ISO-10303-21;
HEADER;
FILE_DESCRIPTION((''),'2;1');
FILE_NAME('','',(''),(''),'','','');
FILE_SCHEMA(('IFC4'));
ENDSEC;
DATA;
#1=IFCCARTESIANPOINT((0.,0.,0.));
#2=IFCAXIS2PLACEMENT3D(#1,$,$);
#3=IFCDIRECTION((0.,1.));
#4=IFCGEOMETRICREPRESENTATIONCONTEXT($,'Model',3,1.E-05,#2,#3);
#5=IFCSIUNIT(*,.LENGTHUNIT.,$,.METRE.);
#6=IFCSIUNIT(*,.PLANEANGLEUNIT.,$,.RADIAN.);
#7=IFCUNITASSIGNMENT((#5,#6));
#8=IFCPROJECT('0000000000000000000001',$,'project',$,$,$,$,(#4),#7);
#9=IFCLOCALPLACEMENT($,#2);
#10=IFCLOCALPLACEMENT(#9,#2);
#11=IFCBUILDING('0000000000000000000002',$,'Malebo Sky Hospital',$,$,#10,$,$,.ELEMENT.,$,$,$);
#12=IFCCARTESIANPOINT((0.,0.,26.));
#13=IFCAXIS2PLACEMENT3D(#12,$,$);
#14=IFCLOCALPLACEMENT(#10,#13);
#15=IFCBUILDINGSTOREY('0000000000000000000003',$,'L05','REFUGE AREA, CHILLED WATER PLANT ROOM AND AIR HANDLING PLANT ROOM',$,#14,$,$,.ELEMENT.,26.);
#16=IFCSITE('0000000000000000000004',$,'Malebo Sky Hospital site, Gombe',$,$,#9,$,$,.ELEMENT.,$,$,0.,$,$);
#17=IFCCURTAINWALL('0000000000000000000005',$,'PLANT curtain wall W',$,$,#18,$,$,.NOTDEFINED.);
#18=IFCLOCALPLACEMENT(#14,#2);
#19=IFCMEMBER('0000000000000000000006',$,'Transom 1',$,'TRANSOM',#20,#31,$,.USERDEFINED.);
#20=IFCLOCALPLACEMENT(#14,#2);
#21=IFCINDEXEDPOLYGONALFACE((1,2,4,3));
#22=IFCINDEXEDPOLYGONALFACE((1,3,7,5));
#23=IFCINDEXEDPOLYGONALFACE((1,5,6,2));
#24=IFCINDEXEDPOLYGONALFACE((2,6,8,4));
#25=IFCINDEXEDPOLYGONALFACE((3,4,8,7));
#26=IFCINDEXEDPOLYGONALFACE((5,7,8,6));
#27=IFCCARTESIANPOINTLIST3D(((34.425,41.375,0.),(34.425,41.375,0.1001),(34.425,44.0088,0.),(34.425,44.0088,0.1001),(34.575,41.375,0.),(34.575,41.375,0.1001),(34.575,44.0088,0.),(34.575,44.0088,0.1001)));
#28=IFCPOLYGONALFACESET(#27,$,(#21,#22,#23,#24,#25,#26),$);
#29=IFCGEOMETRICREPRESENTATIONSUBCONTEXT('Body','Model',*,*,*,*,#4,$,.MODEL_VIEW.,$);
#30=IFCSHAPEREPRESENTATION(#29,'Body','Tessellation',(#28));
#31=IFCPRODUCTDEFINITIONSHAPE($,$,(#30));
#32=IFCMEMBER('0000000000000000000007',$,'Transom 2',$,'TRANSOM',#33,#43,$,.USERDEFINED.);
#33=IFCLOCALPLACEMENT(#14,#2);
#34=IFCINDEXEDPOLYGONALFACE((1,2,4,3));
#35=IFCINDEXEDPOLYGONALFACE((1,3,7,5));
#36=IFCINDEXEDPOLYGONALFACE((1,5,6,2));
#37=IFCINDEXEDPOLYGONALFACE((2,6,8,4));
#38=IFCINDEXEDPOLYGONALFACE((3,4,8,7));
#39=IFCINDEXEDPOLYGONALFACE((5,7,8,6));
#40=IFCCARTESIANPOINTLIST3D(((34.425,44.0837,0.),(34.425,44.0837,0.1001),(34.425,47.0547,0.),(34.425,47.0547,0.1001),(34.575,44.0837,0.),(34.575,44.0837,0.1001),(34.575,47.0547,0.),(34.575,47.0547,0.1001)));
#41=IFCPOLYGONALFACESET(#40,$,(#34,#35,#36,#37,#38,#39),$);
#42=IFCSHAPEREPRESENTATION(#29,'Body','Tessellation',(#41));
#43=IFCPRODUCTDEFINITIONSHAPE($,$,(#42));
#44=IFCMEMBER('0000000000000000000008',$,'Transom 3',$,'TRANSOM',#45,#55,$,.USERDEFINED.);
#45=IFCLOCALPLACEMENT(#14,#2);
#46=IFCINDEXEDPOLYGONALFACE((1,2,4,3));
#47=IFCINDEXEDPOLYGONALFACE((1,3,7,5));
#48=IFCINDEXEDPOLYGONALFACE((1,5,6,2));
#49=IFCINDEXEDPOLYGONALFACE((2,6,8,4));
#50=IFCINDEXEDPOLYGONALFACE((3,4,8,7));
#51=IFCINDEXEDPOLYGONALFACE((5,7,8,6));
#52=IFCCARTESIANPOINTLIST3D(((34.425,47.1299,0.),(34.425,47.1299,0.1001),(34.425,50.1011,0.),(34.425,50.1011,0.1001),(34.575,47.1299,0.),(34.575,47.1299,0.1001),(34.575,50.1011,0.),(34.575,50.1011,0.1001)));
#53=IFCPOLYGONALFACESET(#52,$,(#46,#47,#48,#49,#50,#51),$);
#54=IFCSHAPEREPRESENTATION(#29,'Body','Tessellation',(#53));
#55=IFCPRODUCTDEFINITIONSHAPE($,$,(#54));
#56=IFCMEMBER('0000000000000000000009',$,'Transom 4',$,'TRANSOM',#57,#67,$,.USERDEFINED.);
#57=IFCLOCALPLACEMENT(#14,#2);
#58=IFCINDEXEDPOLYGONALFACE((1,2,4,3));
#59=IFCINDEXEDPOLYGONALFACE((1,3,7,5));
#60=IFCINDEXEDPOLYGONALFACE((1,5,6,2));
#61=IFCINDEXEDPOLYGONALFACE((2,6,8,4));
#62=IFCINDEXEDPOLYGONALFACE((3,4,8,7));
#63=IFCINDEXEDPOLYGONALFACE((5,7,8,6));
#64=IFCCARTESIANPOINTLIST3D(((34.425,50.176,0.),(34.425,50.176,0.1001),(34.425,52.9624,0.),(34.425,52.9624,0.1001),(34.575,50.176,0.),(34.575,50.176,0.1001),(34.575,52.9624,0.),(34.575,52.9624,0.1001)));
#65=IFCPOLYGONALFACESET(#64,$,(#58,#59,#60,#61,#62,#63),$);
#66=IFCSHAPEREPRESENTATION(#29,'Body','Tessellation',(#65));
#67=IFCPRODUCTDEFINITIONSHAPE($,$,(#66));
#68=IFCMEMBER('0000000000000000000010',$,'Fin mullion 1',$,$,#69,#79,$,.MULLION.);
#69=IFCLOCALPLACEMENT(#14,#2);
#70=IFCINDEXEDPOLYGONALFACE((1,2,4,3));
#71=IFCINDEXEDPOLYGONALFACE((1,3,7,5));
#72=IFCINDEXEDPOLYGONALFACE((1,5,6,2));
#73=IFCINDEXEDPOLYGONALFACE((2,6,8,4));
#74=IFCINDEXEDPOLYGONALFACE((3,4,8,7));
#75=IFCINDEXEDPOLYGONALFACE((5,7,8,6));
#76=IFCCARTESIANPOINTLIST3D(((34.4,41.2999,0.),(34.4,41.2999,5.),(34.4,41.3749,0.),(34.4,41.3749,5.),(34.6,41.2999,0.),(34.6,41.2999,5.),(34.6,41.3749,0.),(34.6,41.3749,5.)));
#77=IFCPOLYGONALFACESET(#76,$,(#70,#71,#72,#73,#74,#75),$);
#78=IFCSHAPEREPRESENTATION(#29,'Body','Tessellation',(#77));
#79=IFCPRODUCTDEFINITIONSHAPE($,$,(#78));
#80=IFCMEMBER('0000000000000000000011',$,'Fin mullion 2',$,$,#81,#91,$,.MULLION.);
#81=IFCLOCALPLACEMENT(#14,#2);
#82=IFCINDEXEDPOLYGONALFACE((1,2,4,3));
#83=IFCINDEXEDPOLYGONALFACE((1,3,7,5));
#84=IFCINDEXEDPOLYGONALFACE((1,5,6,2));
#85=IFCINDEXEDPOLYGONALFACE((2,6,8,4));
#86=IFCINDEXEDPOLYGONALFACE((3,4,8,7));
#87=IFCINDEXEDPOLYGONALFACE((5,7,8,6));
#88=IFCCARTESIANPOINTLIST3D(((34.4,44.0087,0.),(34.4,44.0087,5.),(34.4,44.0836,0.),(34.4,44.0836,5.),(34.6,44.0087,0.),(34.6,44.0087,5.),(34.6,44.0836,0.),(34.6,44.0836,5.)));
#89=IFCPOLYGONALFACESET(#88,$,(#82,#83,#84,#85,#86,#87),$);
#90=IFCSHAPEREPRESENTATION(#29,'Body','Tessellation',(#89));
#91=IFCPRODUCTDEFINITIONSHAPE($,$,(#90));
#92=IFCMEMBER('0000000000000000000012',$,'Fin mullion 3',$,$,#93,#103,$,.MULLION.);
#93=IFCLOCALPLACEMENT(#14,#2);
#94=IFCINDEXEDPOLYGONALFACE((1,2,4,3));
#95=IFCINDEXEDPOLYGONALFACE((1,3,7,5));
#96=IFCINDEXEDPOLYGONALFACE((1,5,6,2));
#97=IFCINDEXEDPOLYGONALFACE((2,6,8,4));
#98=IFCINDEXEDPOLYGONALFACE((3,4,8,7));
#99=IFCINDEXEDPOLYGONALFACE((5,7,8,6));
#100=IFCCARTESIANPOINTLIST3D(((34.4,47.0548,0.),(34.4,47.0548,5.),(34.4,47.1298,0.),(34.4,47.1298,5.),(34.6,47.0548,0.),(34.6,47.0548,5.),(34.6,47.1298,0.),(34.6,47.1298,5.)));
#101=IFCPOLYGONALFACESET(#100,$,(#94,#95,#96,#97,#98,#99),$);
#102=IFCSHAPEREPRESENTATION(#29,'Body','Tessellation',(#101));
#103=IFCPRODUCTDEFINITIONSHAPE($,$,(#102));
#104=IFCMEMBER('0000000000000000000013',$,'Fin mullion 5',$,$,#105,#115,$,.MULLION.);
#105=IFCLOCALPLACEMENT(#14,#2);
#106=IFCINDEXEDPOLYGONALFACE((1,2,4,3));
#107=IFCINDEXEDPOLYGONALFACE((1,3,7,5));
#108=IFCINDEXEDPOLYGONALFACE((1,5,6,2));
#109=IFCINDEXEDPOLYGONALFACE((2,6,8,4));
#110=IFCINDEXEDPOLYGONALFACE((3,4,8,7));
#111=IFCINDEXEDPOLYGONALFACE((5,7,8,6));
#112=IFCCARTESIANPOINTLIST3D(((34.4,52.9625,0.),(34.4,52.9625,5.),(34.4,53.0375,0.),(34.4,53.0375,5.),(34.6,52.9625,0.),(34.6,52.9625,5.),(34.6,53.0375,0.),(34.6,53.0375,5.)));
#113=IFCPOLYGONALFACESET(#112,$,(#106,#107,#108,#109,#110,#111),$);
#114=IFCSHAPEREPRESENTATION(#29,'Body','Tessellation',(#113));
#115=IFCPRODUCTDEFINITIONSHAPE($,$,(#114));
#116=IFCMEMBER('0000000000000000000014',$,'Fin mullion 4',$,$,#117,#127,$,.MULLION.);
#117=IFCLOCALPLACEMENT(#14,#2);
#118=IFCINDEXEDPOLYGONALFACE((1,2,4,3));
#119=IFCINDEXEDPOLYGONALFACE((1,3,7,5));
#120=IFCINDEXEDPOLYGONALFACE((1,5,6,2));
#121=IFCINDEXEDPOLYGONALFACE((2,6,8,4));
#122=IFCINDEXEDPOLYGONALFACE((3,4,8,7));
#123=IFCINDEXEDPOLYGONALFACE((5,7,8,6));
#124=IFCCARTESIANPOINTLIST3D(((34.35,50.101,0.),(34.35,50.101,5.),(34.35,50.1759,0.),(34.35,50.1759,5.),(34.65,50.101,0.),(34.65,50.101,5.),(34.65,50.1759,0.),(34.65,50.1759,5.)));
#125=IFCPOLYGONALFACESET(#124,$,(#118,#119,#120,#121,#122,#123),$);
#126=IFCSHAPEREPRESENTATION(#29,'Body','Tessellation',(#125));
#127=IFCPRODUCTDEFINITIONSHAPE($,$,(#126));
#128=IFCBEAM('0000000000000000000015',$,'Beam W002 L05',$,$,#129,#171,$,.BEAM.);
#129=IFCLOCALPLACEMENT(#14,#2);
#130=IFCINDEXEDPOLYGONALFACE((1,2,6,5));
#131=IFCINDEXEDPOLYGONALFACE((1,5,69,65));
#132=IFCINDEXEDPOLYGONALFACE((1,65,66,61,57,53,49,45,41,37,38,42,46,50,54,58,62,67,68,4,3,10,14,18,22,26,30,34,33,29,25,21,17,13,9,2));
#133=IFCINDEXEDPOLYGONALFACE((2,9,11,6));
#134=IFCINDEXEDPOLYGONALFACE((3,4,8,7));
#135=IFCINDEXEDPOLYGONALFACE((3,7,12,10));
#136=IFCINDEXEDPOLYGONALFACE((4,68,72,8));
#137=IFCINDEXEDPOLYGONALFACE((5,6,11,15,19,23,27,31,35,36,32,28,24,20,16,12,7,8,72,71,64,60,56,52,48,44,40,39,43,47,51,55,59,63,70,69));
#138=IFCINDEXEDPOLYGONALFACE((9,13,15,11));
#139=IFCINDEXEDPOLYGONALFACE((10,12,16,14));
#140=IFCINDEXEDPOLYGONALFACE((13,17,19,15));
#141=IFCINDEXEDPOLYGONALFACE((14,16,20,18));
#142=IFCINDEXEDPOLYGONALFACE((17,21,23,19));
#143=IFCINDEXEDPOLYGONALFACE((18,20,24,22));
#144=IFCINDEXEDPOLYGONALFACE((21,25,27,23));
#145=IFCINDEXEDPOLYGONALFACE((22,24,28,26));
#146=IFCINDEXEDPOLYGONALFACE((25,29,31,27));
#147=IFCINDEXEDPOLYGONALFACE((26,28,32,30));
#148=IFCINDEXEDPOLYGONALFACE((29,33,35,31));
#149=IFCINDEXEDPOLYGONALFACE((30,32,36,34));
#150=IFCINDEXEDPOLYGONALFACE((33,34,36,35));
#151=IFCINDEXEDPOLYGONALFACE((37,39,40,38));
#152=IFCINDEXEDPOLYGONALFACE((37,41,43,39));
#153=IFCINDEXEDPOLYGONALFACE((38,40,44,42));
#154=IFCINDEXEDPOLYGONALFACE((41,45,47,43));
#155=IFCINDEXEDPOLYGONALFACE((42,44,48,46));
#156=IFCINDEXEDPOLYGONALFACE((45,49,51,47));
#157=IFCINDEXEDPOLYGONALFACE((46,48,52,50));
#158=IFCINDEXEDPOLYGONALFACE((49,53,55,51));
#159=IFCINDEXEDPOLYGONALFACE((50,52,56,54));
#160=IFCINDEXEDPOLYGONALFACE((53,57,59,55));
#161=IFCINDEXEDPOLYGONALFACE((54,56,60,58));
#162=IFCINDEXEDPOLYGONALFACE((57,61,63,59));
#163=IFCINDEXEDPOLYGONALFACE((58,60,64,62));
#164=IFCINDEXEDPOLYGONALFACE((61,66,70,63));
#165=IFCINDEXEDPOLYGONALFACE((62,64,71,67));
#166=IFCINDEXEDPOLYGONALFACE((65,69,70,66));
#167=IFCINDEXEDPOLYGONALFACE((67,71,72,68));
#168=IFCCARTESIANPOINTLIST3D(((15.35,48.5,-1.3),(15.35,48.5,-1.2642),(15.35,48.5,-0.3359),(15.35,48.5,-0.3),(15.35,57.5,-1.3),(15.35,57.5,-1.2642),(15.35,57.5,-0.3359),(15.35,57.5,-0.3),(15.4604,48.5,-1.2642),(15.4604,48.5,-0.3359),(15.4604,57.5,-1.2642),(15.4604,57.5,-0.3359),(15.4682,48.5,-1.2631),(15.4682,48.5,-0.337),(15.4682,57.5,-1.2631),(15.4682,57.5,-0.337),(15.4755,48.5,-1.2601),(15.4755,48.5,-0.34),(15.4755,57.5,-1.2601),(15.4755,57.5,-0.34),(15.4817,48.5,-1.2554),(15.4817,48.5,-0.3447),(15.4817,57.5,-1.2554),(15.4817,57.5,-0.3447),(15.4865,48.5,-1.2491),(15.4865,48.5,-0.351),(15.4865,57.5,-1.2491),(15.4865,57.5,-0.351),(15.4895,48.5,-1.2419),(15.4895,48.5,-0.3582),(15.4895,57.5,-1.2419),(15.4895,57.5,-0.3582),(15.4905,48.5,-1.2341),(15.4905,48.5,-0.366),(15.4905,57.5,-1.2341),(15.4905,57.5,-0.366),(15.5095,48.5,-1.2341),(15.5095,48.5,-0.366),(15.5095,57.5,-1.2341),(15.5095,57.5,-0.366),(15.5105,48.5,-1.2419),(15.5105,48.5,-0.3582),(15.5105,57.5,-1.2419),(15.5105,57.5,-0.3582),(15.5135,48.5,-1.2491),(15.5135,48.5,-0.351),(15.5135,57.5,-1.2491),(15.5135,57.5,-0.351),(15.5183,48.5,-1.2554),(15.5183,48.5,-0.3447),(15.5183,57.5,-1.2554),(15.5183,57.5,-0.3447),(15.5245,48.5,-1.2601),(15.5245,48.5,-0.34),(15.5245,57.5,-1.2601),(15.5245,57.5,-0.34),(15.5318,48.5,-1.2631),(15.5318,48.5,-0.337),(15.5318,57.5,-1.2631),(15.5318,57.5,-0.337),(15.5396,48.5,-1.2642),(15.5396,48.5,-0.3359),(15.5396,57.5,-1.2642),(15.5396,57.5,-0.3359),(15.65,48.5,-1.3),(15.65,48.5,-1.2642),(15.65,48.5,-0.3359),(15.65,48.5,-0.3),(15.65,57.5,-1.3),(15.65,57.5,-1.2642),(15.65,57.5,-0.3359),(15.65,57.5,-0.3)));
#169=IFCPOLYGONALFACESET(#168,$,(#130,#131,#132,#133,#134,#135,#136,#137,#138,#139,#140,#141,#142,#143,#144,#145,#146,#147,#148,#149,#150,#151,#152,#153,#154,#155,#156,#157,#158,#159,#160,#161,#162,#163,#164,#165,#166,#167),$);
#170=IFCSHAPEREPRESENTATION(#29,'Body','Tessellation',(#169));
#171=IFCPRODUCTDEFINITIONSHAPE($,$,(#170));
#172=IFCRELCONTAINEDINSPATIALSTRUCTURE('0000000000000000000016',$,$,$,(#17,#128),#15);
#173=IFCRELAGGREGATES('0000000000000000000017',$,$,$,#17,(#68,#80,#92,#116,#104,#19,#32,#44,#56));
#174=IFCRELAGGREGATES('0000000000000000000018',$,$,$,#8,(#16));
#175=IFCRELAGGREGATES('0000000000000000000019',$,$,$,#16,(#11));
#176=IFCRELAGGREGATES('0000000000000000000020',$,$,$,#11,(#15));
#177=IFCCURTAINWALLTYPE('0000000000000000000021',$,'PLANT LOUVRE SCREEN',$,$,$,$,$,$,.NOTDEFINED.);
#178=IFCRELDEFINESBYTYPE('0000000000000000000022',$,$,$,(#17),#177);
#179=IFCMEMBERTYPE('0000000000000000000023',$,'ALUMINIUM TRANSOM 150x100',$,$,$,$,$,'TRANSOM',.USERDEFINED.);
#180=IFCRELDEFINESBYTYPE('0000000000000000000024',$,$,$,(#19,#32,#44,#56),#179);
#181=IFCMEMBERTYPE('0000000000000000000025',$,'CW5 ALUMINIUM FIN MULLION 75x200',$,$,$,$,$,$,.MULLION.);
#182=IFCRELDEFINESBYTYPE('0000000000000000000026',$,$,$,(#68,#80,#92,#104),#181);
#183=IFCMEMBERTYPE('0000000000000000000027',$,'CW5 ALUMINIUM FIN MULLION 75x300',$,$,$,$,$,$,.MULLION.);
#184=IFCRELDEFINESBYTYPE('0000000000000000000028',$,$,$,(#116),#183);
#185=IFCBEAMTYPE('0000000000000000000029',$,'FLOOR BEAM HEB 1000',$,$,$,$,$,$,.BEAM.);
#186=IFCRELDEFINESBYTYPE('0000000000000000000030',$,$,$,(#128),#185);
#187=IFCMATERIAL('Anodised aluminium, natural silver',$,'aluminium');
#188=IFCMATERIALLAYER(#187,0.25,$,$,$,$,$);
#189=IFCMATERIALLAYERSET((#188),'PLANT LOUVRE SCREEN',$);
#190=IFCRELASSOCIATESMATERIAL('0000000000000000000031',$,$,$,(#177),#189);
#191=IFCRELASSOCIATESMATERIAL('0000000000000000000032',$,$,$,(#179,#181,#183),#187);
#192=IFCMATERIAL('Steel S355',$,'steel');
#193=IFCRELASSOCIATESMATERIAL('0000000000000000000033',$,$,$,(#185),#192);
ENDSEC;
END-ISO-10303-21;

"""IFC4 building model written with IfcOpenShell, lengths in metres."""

from ifc_helpers import new_model, si_unit, direction, frame, origin, origin_2d, place, context, subcontext, project, spatial, rectangle, i_section, extrude, material, layer, layer_set, material_profile, profile_set, type_object, element, aggregate, save


model = new_model("IFC4")

# Units and contexts
model_context = context("Model", 3, precision=1e-05, world=origin(), true_north=direction((0.0, 1.0)))
body_context = subcontext(model_context, "Body", "Model", "MODEL_VIEW")
ifc_project = project(units=[si_unit("LENGTHUNIT", "METRE"), si_unit("PLANEANGLEUNIT", "RADIAN")], contexts=[model_context])

# Site, building, storey
site_placement = place(None, origin())
site = spatial("IfcSite", under=ifc_project, at=site_placement, Name="Malebo Sky Hospital site, Gombe", CompositionType="ELEMENT", RefElevation=0.0)
building_placement = place(site_placement, origin())
building = spatial("IfcBuilding", under=site, at=building_placement, Name="Malebo Sky Hospital", CompositionType="ELEMENT")
storey_placement = place(building_placement, frame((0.0, 0.0, 26.0)))
storey = spatial("IfcBuildingStorey", under=building, at=storey_placement, Name="L05", Description="REFUGE AREA, CHILLED WATER PLANT ROOM AND AIR HANDLING PLANT ROOM", CompositionType="ELEMENT", Elevation=26.0)

# Curtain wall, members
ifc_material_1 = material(Name="Anodised aluminium, natural silver", Category="aluminium")
ifc_layer_1 = layer(ifc_material_1, 0.25)
ifc_layer_set_1 = layer_set([ifc_layer_1], Name="PLANT LOUVRE SCREEN")
curtain_wall_type = type_object("IfcCurtainWallType", Name="PLANT LOUVRE SCREEN", PredefinedType="NOTDEFINED", material=ifc_layer_set_1)
curtain_wall_placement = place(storey_placement, origin())
curtain_wall = element("IfcCurtainWall", 1, at=curtain_wall_placement, inside=storey, type_object=curtain_wall_type, Name="PLANT curtain wall W", PredefinedType="NOTDEFINED")
ifc_material_profile_1 = material_profile(ifc_material_1, rectangle(XDim=0.1499, YDim=0.1001, at=origin_2d()), Name="ALUMINIUM TRANSOM 150x100")
ifc_profile_set_1 = profile_set([ifc_material_profile_1], Name="Anodised aluminium, natural silver")
member_type_1 = type_object("IfcMemberType", Name="ALUMINIUM TRANSOM 150x100", ElementType="TRANSOM", PredefinedType="USERDEFINED", material=ifc_profile_set_1)
member_1_placement = place(storey_placement, frame((34.5, 41.375, 0.05), z_axis=(0.0, 1.0, 0.0), x_axis=(-1.0, 0.0, 0.0)))
member_1 = element("IfcMember", 2, at=member_1_placement, type_object=member_type_1, Name="Transom 1", ObjectType="TRANSOM", PredefinedType="USERDEFINED", context=body_context, shape_type="SweptSolid", body=[
    extrude(rectangle(XDim=0.1499, YDim=0.1001, at=origin_2d()), origin(), (0.0, 0.0, 1.0), 2.6338),
])
member_2_placement = place(storey_placement, frame((34.5, 44.0837, 0.05), z_axis=(0.0, 1.0, 0.0), x_axis=(-1.0, 0.0, 0.0)))
member_2 = element("IfcMember", 3, at=member_2_placement, type_object=member_type_1, Name="Transom 2", ObjectType="TRANSOM", PredefinedType="USERDEFINED", context=body_context, shape_type="SweptSolid", body=[
    extrude(rectangle(XDim=0.1499, YDim=0.1001, at=origin_2d()), origin(), (0.0, 0.0, 1.0), 2.9709),
])
member_3_placement = place(storey_placement, frame((34.5, 47.1299, 0.05), z_axis=(0.0, 1.0, 0.0), x_axis=(-1.0, 0.0, 0.0)))
member_3 = element("IfcMember", 4, at=member_3_placement, type_object=member_type_1, Name="Transom 3", ObjectType="TRANSOM", PredefinedType="USERDEFINED", context=body_context, shape_type="SweptSolid", body=[
    extrude(rectangle(XDim=0.1499, YDim=0.1001, at=origin_2d()), origin(), (0.0, 0.0, 1.0), 2.9712),
])
member_4_placement = place(storey_placement, frame((34.5, 50.176, 0.05), z_axis=(0.0, 1.0, 0.0), x_axis=(-1.0, 0.0, 0.0)))
member_4 = element("IfcMember", 5, at=member_4_placement, type_object=member_type_1, Name="Transom 4", ObjectType="TRANSOM", PredefinedType="USERDEFINED", context=body_context, shape_type="SweptSolid", body=[
    extrude(rectangle(XDim=0.1499, YDim=0.1001, at=origin_2d()), origin(), (0.0, 0.0, 1.0), 2.7864),
])
ifc_material_profile_2 = material_profile(ifc_material_1, rectangle(XDim=0.075, YDim=0.2, at=origin_2d()), Name="CW5 ALUMINIUM FIN MULLION 75x200")
ifc_profile_set_2 = profile_set([ifc_material_profile_2], Name="Anodised aluminium, natural silver")
member_type_2 = type_object("IfcMemberType", Name="CW5 ALUMINIUM FIN MULLION 75x200", PredefinedType="MULLION", material=ifc_profile_set_2)
member_5_placement = place(storey_placement, frame((34.5, 41.3374, 0.0), z_axis=(0.0, 0.0, 1.0), x_axis=(0.0, 1.0, 0.0)))
member_5 = element("IfcMember", 6, at=member_5_placement, type_object=member_type_2, Name="Fin mullion 1", PredefinedType="MULLION", context=body_context, shape_type="SweptSolid", body=[
    extrude(rectangle(XDim=0.075, YDim=0.2, at=origin_2d()), origin(), (0.0, 0.0, 1.0), 5.0),
])
member_6_placement = place(storey_placement, frame((34.5, 44.0461, 0.0), z_axis=(0.0, 0.0, 1.0), x_axis=(0.0, 1.0, 0.0)))
member_6 = element("IfcMember", 7, at=member_6_placement, type_object=member_type_2, Name="Fin mullion 2", PredefinedType="MULLION", context=body_context, shape_type="SweptSolid", body=[
    extrude(rectangle(XDim=0.075, YDim=0.2, at=origin_2d()), origin(), (0.0, 0.0, 1.0), 5.0),
])
member_7_placement = place(storey_placement, frame((34.5, 47.0923, 0.0), z_axis=(0.0, 0.0, 1.0), x_axis=(0.0, 1.0, 0.0)))
member_7 = element("IfcMember", 8, at=member_7_placement, type_object=member_type_2, Name="Fin mullion 3", PredefinedType="MULLION", context=body_context, shape_type="SweptSolid", body=[
    extrude(rectangle(XDim=0.075, YDim=0.2, at=origin_2d()), origin(), (0.0, 0.0, 1.0), 5.0),
])
member_8_placement = place(storey_placement, frame((34.5, 53.0, 0.0), z_axis=(0.0, 0.0, 1.0), x_axis=(0.0, 1.0, 0.0)))
member_8 = element("IfcMember", 9, at=member_8_placement, type_object=member_type_2, Name="Fin mullion 5", PredefinedType="MULLION", context=body_context, shape_type="SweptSolid", body=[
    extrude(rectangle(XDim=0.075, YDim=0.2, at=origin_2d()), origin(), (0.0, 0.0, 1.0), 5.0),
])
ifc_material_profile_3 = material_profile(ifc_material_1, rectangle(XDim=0.075, YDim=0.3, at=origin_2d()), Name="CW5 ALUMINIUM FIN MULLION 75x300")
ifc_profile_set_3 = profile_set([ifc_material_profile_3], Name="Anodised aluminium, natural silver")
member_type_3 = type_object("IfcMemberType", Name="CW5 ALUMINIUM FIN MULLION 75x300", PredefinedType="MULLION", material=ifc_profile_set_3)
member_9_placement = place(storey_placement, frame((34.5, 50.1384, 0.0), z_axis=(0.0, 0.0, 1.0), x_axis=(0.0, 1.0, 0.0)))
member_9 = element("IfcMember", 10, at=member_9_placement, type_object=member_type_3, Name="Fin mullion 4", PredefinedType="MULLION", context=body_context, shape_type="SweptSolid", body=[
    extrude(rectangle(XDim=0.075, YDim=0.3, at=origin_2d()), origin(), (0.0, 0.0, 1.0), 5.0),
])

# Beam
ifc_material_2 = material(Name="Steel S355", Category="steel")
ifc_material_profile_4 = material_profile(ifc_material_2, i_section(OverallWidth=0.3, OverallDepth=1.0, WebThickness=0.019, FlangeThickness=0.0359, FilletRadius=0.03, at=origin_2d()), Name="HEB 1000")
ifc_profile_set_4 = profile_set([ifc_material_profile_4], Name="Steel S355")
beam_type = type_object("IfcBeamType", Name="FLOOR BEAM HEB 1000", PredefinedType="BEAM", material=ifc_profile_set_4)
for number, where, z_axis, x_axis, name in (
    (11, (15.5, 48.5, -0.8), (0.0, 1.0, 0.0), (-1.0, 0.0, 0.0), "Beam W002 L05"),
):
    element("IfcBeam", number, at=place(storey_placement, frame(where, z_axis=z_axis, x_axis=x_axis)), inside=storey, type_object=beam_type, Name=name, PredefinedType="BEAM", context=body_context, shape_type="SweptSolid", body=[
        extrude(i_section(OverallWidth=0.3, OverallDepth=1.0, WebThickness=0.019, FlangeThickness=0.0359, FilletRadius=0.03, at=origin_2d()), origin(), (0.0, 0.0, 1.0), 9.0),
    ])

aggregate(curtain_wall, [member_5, member_6, member_7, member_9, member_8, member_1, member_2, member_3, member_4])

save(model, "model.ifc")
